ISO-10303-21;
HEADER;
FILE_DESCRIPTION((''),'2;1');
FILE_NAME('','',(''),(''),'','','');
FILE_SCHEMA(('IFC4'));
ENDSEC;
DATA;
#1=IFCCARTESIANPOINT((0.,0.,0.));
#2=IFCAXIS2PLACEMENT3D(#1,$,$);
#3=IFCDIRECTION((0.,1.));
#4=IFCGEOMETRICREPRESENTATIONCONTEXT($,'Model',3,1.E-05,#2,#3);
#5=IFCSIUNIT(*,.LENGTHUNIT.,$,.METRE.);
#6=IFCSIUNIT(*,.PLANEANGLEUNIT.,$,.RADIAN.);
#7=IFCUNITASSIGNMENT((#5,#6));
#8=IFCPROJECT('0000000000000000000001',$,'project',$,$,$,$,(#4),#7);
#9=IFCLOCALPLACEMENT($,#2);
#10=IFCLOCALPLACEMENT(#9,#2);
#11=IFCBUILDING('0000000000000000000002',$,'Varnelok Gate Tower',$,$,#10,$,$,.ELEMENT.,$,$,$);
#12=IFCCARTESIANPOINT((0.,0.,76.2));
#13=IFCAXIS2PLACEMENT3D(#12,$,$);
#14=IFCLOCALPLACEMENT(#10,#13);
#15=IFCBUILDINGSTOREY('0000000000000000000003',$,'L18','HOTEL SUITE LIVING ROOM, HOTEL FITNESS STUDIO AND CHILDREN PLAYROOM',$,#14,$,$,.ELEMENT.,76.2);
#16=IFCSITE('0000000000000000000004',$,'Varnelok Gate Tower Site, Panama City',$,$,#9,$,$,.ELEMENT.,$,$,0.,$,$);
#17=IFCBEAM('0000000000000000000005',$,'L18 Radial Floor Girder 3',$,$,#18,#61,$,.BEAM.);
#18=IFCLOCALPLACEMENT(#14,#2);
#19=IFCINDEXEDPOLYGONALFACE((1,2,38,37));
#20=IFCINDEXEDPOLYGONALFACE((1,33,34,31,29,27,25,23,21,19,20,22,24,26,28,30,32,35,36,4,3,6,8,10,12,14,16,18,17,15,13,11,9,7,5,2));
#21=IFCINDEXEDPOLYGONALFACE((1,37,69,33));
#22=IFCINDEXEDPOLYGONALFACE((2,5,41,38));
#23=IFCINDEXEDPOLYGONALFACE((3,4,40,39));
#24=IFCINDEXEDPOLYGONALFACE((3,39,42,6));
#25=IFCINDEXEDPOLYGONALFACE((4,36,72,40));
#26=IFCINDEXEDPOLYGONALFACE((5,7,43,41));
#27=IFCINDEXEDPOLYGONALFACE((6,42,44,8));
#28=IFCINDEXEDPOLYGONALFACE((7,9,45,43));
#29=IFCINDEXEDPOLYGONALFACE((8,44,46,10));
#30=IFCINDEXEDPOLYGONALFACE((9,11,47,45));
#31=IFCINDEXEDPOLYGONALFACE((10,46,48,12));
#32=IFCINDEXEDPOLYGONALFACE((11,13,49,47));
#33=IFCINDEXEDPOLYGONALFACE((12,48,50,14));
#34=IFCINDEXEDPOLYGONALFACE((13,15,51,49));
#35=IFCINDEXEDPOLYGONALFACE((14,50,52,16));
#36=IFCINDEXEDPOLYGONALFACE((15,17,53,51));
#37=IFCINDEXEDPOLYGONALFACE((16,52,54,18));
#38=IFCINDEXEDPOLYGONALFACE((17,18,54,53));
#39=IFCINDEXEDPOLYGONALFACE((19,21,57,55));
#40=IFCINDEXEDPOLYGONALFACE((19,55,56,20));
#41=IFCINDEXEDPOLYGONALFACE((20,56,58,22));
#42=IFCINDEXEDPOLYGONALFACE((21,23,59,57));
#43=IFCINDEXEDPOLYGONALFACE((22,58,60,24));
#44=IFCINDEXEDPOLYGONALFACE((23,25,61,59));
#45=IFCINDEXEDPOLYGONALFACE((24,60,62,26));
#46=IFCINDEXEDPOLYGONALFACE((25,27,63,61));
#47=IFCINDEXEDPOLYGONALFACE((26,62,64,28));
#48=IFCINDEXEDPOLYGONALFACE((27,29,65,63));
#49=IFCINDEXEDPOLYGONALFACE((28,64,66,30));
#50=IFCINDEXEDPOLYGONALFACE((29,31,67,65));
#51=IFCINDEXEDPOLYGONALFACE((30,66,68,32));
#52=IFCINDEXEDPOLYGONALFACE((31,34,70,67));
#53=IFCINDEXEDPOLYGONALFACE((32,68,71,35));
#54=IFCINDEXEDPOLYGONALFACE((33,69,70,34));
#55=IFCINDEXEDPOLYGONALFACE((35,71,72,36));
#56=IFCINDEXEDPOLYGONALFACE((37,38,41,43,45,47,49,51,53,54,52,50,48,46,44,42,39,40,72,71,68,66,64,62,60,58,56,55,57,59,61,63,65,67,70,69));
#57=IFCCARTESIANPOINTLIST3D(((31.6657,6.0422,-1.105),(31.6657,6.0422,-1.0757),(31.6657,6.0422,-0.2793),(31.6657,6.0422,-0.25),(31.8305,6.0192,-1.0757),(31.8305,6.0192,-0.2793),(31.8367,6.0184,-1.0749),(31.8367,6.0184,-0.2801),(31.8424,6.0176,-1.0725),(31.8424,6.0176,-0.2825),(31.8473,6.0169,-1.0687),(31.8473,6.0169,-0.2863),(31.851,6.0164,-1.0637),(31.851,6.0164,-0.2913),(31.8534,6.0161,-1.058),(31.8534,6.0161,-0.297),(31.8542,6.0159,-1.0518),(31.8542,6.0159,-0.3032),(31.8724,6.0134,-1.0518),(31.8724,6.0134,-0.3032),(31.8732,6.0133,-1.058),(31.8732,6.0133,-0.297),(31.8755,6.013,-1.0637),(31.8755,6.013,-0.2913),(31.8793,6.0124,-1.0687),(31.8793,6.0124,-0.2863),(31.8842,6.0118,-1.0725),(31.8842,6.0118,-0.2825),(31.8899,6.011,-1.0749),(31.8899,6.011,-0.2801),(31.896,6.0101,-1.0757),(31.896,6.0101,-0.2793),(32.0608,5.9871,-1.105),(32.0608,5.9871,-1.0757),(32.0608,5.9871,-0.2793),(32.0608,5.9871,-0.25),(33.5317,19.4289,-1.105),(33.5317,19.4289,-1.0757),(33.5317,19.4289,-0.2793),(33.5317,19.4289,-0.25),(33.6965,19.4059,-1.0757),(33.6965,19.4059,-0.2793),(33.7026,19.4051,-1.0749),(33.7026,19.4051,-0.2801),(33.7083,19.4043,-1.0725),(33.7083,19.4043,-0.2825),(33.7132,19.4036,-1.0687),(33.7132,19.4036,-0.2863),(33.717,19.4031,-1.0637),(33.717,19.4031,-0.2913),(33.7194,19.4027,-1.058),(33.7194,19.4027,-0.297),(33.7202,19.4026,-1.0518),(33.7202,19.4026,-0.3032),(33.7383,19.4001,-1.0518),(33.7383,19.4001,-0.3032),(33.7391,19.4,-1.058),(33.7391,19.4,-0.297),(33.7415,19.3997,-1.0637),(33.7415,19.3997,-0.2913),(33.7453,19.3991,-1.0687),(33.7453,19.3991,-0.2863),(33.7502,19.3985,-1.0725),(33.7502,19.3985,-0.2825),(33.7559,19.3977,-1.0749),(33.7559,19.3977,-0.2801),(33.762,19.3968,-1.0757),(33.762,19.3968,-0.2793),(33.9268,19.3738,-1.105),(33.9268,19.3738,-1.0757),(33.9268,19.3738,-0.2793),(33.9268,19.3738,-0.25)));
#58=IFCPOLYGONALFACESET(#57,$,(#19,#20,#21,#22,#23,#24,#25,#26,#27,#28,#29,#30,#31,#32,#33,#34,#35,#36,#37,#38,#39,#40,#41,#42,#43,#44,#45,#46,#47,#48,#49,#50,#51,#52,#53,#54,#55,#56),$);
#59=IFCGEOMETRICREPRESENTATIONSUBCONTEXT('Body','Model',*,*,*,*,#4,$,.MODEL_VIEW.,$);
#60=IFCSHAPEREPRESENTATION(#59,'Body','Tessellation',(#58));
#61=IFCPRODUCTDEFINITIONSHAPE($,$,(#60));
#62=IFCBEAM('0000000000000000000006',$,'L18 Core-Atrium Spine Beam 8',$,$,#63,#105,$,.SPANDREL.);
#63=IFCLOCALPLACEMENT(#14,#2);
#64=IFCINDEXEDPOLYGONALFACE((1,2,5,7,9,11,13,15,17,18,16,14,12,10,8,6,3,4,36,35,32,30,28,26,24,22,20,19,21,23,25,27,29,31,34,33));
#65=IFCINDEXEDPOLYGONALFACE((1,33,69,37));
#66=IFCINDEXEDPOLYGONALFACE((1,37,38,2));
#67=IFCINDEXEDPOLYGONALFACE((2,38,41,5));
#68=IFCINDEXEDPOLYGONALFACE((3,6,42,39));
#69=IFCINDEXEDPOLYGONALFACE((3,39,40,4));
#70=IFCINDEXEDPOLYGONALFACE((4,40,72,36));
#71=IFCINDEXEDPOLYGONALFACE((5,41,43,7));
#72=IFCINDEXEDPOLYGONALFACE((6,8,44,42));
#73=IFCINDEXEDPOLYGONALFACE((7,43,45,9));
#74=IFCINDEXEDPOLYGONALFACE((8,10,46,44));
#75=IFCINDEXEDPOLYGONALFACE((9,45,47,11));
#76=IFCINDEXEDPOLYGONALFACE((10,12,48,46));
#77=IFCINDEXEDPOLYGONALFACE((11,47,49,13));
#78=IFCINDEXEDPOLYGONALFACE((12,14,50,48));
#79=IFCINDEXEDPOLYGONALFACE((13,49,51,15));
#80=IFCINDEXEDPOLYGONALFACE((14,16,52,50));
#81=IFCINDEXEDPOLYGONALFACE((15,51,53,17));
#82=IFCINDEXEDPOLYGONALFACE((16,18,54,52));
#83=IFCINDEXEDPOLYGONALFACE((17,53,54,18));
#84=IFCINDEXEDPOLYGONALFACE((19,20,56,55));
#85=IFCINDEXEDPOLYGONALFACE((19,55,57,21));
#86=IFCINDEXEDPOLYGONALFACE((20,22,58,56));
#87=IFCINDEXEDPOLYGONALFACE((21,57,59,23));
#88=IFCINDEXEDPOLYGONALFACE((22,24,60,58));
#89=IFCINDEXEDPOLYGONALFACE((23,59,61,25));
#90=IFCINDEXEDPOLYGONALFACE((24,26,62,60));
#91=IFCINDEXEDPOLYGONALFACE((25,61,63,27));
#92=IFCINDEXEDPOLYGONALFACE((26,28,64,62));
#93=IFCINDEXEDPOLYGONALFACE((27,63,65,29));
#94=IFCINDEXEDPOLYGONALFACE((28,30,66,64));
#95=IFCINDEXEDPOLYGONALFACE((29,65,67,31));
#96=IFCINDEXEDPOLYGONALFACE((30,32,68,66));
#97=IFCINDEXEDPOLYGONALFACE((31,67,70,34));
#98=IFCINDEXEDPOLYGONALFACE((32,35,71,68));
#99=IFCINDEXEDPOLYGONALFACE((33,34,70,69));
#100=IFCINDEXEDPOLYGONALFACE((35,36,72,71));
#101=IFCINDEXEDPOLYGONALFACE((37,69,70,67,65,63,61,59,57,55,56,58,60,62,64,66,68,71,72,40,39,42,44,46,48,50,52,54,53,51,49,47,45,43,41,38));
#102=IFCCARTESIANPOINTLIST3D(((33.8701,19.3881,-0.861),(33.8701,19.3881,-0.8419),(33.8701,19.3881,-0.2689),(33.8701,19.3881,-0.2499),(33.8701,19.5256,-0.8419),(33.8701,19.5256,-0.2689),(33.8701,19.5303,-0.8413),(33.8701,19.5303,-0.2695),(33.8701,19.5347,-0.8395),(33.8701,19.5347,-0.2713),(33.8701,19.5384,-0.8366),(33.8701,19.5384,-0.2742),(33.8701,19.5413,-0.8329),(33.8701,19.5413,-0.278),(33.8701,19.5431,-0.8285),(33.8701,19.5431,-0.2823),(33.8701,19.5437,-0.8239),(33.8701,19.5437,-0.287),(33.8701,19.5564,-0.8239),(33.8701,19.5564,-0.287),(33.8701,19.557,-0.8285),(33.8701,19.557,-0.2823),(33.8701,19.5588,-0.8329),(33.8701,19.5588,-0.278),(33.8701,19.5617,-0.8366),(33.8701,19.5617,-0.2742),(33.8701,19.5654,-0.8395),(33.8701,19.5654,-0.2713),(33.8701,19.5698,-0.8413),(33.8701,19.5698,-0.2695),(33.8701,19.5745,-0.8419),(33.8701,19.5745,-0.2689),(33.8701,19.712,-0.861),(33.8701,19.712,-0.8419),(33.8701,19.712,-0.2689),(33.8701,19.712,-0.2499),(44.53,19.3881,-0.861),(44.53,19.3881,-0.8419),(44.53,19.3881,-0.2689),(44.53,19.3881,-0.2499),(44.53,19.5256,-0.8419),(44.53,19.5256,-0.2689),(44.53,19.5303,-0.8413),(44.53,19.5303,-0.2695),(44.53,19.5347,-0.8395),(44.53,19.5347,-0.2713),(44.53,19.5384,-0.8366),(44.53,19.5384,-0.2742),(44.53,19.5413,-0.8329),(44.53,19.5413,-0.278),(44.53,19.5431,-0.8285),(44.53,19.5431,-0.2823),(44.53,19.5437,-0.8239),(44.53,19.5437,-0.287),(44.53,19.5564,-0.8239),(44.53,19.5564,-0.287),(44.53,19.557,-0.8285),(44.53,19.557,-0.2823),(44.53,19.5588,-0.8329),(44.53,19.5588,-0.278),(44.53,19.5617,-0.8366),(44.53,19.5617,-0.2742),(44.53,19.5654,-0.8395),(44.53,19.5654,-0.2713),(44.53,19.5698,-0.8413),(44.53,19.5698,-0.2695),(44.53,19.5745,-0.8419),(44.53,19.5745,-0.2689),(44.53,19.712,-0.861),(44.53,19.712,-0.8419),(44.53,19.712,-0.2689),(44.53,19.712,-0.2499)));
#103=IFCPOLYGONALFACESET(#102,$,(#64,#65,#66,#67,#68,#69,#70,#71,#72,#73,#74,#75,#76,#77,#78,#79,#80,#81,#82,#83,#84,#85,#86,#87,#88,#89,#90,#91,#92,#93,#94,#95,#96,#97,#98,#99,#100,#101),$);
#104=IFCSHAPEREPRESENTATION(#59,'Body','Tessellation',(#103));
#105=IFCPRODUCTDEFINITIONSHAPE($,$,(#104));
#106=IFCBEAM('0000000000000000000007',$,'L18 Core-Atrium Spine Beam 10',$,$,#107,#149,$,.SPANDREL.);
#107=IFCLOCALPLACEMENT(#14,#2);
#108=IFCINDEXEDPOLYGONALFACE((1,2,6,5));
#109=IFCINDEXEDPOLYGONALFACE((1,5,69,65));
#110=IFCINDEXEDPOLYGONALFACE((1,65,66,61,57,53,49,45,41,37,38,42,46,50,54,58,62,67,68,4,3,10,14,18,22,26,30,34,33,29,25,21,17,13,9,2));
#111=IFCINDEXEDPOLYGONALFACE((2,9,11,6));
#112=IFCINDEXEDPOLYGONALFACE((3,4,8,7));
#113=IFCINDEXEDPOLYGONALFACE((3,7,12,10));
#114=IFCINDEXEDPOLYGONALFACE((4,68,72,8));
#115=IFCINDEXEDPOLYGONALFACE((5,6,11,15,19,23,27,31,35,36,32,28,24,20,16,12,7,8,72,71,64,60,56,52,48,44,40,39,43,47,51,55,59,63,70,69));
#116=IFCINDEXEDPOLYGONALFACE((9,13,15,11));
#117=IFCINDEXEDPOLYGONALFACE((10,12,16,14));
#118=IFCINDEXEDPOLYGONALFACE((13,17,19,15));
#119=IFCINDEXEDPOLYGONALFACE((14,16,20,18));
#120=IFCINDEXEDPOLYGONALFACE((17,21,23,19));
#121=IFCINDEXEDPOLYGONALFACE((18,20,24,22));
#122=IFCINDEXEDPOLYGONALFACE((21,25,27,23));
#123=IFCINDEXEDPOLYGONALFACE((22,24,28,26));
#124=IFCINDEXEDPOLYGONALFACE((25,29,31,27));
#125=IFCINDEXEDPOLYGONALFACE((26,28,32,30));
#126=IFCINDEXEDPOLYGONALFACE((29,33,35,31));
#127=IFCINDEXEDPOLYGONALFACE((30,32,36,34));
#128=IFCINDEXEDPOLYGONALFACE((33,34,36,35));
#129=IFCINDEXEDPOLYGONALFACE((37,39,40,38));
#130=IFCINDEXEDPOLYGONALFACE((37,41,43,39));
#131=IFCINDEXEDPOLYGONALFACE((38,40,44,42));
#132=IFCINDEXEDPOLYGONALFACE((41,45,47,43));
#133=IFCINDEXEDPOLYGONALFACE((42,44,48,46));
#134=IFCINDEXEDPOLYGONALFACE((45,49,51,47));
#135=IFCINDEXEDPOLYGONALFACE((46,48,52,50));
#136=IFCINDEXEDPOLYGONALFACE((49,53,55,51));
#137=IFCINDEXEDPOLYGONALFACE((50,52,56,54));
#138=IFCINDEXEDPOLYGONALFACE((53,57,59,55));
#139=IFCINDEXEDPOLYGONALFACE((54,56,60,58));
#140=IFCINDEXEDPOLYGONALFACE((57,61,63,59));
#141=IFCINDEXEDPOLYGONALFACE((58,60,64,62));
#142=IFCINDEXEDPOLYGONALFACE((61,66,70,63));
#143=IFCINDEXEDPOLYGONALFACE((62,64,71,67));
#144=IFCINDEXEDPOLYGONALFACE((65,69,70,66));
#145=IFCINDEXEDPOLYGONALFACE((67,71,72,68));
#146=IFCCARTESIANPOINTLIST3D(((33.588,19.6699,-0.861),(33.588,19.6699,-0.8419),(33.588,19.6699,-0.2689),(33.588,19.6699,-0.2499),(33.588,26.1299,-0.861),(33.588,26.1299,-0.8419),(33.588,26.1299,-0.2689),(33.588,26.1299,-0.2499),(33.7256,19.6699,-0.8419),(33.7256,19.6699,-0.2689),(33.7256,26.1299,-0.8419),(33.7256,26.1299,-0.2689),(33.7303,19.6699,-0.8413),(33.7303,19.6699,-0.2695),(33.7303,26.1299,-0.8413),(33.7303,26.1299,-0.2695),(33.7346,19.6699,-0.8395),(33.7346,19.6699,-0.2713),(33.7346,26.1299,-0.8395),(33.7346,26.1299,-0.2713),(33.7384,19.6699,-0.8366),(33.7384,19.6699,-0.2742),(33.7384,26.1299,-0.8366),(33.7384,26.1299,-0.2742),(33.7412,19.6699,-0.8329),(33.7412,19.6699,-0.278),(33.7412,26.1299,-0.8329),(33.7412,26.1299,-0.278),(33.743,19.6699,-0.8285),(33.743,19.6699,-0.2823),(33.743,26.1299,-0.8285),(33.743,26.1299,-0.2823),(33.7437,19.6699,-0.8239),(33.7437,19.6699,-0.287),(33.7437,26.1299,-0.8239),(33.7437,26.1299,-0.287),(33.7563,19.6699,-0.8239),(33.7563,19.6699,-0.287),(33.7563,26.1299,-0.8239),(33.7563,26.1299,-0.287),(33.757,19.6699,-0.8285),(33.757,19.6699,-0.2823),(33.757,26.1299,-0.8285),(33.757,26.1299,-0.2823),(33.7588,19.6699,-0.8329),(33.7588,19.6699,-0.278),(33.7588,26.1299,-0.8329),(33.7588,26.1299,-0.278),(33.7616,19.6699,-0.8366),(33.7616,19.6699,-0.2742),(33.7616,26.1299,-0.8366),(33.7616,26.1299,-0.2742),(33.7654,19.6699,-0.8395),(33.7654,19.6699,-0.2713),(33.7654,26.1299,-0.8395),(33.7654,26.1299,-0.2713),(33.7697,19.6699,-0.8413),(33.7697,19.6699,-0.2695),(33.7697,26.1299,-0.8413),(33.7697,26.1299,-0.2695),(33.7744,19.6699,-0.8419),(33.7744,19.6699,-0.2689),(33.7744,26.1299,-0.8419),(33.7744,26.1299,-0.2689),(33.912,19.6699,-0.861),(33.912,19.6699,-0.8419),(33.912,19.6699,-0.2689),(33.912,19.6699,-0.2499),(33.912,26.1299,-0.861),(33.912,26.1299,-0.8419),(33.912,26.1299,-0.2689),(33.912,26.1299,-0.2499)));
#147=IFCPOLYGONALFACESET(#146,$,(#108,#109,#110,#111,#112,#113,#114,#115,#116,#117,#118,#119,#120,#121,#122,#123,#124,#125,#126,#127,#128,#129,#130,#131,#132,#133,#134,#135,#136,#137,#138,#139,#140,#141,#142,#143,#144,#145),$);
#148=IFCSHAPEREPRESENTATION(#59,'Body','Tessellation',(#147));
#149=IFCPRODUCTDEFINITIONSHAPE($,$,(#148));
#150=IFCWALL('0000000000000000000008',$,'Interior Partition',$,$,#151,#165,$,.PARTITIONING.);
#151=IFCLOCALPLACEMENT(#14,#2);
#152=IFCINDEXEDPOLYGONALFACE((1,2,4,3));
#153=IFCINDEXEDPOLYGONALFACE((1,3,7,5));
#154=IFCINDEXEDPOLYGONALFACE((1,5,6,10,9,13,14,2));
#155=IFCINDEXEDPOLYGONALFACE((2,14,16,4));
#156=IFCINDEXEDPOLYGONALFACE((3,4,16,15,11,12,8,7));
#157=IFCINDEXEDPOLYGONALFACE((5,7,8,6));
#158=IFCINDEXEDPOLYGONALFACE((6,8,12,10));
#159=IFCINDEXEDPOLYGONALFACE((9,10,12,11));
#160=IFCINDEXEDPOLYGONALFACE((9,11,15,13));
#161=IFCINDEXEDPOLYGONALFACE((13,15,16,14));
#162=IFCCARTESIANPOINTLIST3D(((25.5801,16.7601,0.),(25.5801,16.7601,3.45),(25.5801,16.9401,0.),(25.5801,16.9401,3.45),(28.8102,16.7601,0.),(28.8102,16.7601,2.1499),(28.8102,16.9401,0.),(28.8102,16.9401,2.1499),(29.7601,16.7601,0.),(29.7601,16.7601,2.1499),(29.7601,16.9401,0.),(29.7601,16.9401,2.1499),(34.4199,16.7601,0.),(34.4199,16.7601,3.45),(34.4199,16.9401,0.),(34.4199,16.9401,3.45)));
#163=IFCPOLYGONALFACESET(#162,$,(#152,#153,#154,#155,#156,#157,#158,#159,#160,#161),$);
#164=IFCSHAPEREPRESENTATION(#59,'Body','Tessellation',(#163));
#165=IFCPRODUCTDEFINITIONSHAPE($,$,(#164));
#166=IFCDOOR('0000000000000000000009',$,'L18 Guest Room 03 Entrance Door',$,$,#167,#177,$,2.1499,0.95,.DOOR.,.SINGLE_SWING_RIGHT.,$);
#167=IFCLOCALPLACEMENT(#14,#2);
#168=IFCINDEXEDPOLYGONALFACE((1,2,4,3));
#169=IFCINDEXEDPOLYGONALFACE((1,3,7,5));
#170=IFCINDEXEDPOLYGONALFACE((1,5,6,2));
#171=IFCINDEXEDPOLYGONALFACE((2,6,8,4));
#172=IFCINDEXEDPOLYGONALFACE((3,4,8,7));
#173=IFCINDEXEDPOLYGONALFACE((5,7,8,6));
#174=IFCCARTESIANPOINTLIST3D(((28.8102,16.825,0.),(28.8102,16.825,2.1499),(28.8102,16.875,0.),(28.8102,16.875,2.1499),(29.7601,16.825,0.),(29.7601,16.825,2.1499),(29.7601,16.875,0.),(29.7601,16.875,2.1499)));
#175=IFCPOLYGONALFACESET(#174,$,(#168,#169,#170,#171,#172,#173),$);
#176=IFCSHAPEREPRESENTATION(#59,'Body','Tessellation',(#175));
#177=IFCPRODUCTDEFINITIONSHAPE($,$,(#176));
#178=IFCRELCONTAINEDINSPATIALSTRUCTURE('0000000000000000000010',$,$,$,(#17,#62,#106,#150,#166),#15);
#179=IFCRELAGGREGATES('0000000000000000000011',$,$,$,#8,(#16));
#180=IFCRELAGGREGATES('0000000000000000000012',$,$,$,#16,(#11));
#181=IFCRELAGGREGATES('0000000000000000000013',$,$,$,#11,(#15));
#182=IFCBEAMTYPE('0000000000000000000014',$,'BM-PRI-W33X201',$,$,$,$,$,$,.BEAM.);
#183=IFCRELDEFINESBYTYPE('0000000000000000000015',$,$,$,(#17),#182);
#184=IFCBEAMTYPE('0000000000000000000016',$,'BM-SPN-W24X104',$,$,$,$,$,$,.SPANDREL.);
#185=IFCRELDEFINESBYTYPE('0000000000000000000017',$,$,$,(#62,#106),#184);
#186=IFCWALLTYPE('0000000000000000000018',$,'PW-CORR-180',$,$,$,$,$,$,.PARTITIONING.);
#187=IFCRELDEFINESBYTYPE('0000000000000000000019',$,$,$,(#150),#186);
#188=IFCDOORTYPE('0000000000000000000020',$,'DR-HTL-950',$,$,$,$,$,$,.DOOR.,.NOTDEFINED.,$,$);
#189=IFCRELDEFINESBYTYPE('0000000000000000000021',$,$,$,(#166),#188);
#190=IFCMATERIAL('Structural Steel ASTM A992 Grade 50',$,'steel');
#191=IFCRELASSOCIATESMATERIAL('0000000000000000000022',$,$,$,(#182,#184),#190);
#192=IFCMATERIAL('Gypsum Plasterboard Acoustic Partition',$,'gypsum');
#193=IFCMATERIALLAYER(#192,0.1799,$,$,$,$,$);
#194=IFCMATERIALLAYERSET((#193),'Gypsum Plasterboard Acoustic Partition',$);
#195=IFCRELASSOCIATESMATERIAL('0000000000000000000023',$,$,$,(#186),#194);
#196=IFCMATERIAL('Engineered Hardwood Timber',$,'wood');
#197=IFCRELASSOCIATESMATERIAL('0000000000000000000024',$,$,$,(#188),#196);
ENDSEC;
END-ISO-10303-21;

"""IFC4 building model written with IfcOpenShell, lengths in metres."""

from ifc_helpers import new_model, si_unit, direction, frame, frame_2d, origin, origin_2d, place, context, subcontext, project, spatial, rectangle, i_section, extrude, material, layer, layer_set, material_profile, profile_set, type_object, element, fill, save


model = new_model("IFC4")

# Units and contexts
model_context = context("Model", 3, precision=1e-05, world=origin(), true_north=direction((0.0, 1.0)))
body_context = subcontext(model_context, "Body", "Model", "MODEL_VIEW")
ifc_project = project(units=[si_unit("LENGTHUNIT", "METRE"), si_unit("PLANEANGLEUNIT", "RADIAN")], contexts=[model_context])

# Site, building, storey
site_placement = place(None, origin())
site = spatial("IfcSite", under=ifc_project, at=site_placement, Name="Varnelok Gate Tower Site, Panama City", CompositionType="ELEMENT", RefElevation=0.0)
building_placement = place(site_placement, origin())
building = spatial("IfcBuilding", under=site, at=building_placement, Name="Varnelok Gate Tower", CompositionType="ELEMENT")
storey_placement = place(building_placement, frame((0.0, 0.0, 76.2)))
storey = spatial("IfcBuildingStorey", under=building, at=storey_placement, Name="L18", Description="HOTEL SUITE LIVING ROOM, HOTEL FITNESS STUDIO AND CHILDREN PLAYROOM", CompositionType="ELEMENT", Elevation=76.2)

# Shared definitions
ifc_material_1 = material(Name="Structural Steel ASTM A992 Grade 50", Category="steel")

# Beams
ifc_material_profile_1 = material_profile(ifc_material_1, i_section(OverallWidth=0.3989, OverallDepth=0.855, WebThickness=0.0183, FlangeThickness=0.0293, FilletRadius=0.0239, at=origin_2d()), Name="W33X201")
ifc_profile_set_1 = profile_set([ifc_material_profile_1], Name="Structural Steel ASTM A992 Grade 50")
beam_type_1 = type_object("IfcBeamType", Name="BM-PRI-W33X201", PredefinedType="BEAM", material=ifc_profile_set_1)
beam_1_placement = place(storey_placement, frame((33.7292, 19.4014, -0.6775), z_axis=(-0.138055, -0.990425, 0.0), x_axis=(0.990425, -0.138055, 0.0)))
element("IfcBeam", 1, at=beam_1_placement, inside=storey, type_object=beam_type_1, Name="L18 Radial Floor Girder 3", PredefinedType="BEAM", context=body_context, shape_type="SweptSolid", body=[
    extrude(i_section(OverallWidth=0.3989, OverallDepth=0.855, WebThickness=0.0183, FlangeThickness=0.0293, FilletRadius=0.0239, at=origin_2d()), origin(), (0.0, 0.0, 1.0), 13.5161),
])
ifc_material_profile_2 = material_profile(ifc_material_1, i_section(OverallWidth=0.324, OverallDepth=0.6111, WebThickness=0.0127, FlangeThickness=0.019, FilletRadius=0.0181, at=origin_2d()), Name="W24X104")
ifc_profile_set_2 = profile_set([ifc_material_profile_2], Name="Structural Steel ASTM A992 Grade 50")
beam_type_2 = type_object("IfcBeamType", Name="BM-SPN-W24X104", PredefinedType="SPANDREL", material=ifc_profile_set_2)
beam_2_placement = place(storey_placement, frame((33.8701, 19.55, -0.5554), z_axis=(1.0, 0.0, 0.0), x_axis=(0.0, 1.0, 0.0)))
element("IfcBeam", 2, at=beam_2_placement, inside=storey, type_object=beam_type_2, Name="L18 Core-Atrium Spine Beam 8", PredefinedType="SPANDREL", context=body_context, shape_type="SweptSolid", body=[
    extrude(i_section(OverallWidth=0.324, OverallDepth=0.6111, WebThickness=0.0127, FlangeThickness=0.019, FilletRadius=0.0181, at=origin_2d()), origin(), (0.0, 0.0, 1.0), 10.6599),
])
beam_3_placement = place(storey_placement, frame((33.75, 19.6699, -0.5554), z_axis=(0.0, 1.0, 0.0), x_axis=(-1.0, 0.0, 0.0)))
element("IfcBeam", 3, at=beam_3_placement, inside=storey, type_object=beam_type_2, Name="L18 Core-Atrium Spine Beam 10", PredefinedType="SPANDREL", context=body_context, shape_type="SweptSolid", body=[
    extrude(i_section(OverallWidth=0.324, OverallDepth=0.6111, WebThickness=0.0127, FlangeThickness=0.019, FilletRadius=0.0181, at=origin_2d()), origin(), (0.0, 0.0, 1.0), 6.46),
])

# Wall, opening, door
ifc_material_2 = material(Name="Gypsum Plasterboard Acoustic Partition", Category="gypsum")
ifc_layer_1 = layer(ifc_material_2, 0.1799)
ifc_layer_set_1 = layer_set([ifc_layer_1], Name="Gypsum Plasterboard Acoustic Partition")
wall_type_1 = type_object("IfcWallType", Name="PW-CORR-180", PredefinedType="PARTITIONING", material=ifc_layer_set_1)
wall_1_placement = place(storey_placement, frame((25.5801, 16.8501, 0.0), z_axis=(0.0, 0.0, 1.0), x_axis=(1.0, 0.0, 0.0)))
wall_1 = element("IfcWall", 4, at=wall_1_placement, inside=storey, type_object=wall_type_1, Name="Interior Partition", PredefinedType="PARTITIONING", context=body_context, shape_type="SweptSolid", body=[
    extrude(rectangle(XDim=8.8398, YDim=0.1799, at=frame_2d((4.4199, 0.0))), origin(), (0.0, 0.0, 1.0), 3.45),
])
opening_1_placement = place(wall_1_placement, frame((3.23, 0.0, 0.0)))
opening_1 = element("IfcOpeningElement", 5, at=opening_1_placement, cuts=wall_1, PredefinedType="OPENING", context=body_context, shape_type="SweptSolid", body=[
    extrude(rectangle(XDim=0.95, YDim=2.1499, at=frame_2d((0.4751, 1.075))), frame((0.0, 0.0999, 0.0), z_axis=(0.0, -1.0, 0.0), x_axis=(1.0, 0.0, 0.0)), (0.0, 0.0, 1.0), 0.2),
])
ifc_material_3 = material(Name="Engineered Hardwood Timber", Category="wood")
door_type_1 = type_object("IfcDoorType", Name="DR-HTL-950", OperationType="NOTDEFINED", PredefinedType="DOOR", material=ifc_material_3)
door_1_placement = place(opening_1_placement, origin())
door_1 = element("IfcDoor", 6, at=door_1_placement, inside=storey, type_object=door_type_1, Name="L18 Guest Room 03 Entrance Door", OperationType="SINGLE_SWING_RIGHT", OverallHeight=2.1499, OverallWidth=0.95, PredefinedType="DOOR", context=body_context, shape_type="SweptSolid", body=[
    extrude(rectangle(XDim=0.95, YDim=2.1499, at=frame_2d((0.4751, 1.075))), frame((0.0, 0.0249, 0.0), z_axis=(0.0, -1.0, 0.0), x_axis=(1.0, 0.0, 0.0)), (0.0, 0.0, 1.0), 0.05),
])
fill(opening_1, door_1)

save(model, "model.ifc")
